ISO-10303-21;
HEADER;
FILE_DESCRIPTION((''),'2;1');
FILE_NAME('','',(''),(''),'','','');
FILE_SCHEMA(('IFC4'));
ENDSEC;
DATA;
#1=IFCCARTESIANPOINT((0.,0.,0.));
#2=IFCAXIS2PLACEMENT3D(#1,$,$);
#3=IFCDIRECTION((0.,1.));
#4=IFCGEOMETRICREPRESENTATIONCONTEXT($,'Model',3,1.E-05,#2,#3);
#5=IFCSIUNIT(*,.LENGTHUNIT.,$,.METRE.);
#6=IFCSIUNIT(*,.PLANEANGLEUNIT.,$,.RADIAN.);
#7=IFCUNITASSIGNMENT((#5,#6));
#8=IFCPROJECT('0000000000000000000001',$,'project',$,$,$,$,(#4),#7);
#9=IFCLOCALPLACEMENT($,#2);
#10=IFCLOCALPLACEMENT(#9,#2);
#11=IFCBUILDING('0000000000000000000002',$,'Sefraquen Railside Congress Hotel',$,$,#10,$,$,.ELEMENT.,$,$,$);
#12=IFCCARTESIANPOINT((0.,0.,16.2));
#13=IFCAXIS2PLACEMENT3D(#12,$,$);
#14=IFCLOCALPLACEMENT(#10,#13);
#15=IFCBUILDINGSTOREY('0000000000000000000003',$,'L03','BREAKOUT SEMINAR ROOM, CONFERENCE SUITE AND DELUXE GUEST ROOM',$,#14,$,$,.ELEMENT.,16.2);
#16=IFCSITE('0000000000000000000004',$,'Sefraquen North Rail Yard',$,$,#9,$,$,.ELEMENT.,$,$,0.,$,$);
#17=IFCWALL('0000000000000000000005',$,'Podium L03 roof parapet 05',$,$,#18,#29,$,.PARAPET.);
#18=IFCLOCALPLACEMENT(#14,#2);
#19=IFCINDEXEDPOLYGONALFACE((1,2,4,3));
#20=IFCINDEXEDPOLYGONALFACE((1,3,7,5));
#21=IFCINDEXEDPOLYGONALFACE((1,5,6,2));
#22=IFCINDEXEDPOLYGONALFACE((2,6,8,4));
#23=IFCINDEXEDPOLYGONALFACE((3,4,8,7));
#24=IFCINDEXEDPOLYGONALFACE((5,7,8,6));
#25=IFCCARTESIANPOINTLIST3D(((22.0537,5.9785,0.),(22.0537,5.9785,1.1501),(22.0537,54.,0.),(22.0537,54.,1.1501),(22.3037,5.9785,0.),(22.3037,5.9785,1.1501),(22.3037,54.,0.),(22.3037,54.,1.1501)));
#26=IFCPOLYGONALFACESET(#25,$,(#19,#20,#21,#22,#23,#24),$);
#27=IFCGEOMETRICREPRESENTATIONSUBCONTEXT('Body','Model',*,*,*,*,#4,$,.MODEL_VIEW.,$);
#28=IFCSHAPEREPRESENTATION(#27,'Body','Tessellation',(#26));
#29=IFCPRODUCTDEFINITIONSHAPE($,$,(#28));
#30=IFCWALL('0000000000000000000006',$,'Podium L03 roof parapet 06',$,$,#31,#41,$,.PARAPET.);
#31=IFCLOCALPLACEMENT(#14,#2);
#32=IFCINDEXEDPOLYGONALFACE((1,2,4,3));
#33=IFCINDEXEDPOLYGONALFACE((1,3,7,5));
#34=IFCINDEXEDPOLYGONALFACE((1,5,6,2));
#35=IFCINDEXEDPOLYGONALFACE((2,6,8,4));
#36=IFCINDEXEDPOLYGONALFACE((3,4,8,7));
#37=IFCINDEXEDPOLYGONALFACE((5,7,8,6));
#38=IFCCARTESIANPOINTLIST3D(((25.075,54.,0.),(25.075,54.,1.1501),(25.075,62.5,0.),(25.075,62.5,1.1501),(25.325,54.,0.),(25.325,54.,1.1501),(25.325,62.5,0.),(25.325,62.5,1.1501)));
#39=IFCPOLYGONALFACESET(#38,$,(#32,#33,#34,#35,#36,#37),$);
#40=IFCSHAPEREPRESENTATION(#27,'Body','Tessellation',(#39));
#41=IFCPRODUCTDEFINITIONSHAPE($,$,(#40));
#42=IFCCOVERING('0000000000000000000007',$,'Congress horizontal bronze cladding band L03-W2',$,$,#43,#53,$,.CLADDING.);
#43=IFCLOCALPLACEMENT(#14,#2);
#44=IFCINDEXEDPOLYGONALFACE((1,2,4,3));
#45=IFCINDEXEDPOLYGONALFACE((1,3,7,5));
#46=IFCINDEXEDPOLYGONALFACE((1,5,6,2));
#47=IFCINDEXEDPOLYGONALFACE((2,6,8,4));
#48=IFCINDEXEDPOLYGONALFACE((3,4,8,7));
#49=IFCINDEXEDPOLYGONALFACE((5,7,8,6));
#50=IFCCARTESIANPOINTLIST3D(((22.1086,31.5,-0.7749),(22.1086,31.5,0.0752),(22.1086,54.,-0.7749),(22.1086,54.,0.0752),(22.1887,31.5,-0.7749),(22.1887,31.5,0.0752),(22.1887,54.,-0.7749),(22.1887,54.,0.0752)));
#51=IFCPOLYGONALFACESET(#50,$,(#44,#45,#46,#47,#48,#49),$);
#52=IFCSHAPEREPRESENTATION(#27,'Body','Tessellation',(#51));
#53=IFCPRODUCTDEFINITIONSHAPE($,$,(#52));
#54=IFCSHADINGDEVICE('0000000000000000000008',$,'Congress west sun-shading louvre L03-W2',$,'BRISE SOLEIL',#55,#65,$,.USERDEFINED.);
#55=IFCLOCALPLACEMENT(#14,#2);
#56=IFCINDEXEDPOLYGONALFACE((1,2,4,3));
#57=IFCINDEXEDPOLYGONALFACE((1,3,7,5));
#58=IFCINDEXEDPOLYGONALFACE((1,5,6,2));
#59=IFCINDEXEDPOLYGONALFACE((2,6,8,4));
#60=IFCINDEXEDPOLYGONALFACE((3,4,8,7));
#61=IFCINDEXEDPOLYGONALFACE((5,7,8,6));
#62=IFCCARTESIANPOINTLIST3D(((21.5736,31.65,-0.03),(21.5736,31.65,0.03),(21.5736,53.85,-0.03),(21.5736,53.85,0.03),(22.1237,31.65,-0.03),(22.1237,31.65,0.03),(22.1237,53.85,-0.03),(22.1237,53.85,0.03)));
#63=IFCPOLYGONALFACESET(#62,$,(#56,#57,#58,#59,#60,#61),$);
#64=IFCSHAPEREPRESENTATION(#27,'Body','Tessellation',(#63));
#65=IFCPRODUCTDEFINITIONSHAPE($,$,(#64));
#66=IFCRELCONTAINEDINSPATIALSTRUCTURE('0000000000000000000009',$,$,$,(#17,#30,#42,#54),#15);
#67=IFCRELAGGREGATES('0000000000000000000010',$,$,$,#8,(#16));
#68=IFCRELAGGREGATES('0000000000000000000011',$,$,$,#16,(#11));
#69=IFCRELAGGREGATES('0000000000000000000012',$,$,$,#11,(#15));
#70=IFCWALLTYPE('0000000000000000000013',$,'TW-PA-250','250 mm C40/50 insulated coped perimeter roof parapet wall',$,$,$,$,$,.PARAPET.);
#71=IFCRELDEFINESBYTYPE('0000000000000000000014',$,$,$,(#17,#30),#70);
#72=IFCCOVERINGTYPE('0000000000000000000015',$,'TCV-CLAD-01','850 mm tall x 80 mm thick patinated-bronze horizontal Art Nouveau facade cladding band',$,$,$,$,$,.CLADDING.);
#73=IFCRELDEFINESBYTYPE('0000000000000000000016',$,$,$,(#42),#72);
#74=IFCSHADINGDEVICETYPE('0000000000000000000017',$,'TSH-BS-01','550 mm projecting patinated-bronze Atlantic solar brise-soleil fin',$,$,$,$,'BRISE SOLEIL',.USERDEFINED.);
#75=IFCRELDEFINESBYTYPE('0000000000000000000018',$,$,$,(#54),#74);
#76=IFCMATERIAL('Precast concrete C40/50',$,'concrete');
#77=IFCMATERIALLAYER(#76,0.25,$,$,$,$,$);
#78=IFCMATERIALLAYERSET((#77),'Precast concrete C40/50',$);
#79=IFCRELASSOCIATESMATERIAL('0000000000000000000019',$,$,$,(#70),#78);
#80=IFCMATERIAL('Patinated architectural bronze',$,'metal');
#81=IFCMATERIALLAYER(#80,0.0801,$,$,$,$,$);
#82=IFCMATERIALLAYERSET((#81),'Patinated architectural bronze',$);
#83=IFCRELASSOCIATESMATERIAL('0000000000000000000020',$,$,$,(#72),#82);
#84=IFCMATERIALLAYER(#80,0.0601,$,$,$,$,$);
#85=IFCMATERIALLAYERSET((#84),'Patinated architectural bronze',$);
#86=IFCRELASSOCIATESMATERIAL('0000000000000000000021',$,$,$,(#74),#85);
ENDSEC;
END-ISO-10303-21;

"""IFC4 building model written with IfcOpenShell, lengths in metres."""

from ifc_helpers import new_model, si_unit, direction, frame, frame_2d, origin, origin_2d, place, context, subcontext, project, spatial, rectangle, extrude, material, layer, layer_set, type_object, element, save


model = new_model("IFC4")

# Units and contexts
model_context = context("Model", 3, precision=1e-05, world=origin(), true_north=direction((0.0, 1.0)))
body_context = subcontext(model_context, "Body", "Model", "MODEL_VIEW")
ifc_project = project(units=[si_unit("LENGTHUNIT", "METRE"), si_unit("PLANEANGLEUNIT", "RADIAN")], contexts=[model_context])

# Site, building, storey
site_placement = place(None, origin())
site = spatial("IfcSite", under=ifc_project, at=site_placement, Name="Sefraquen North Rail Yard", CompositionType="ELEMENT", RefElevation=0.0)
building_placement = place(site_placement, origin())
building = spatial("IfcBuilding", under=site, at=building_placement, Name="Sefraquen Railside Congress Hotel", CompositionType="ELEMENT")
storey_placement = place(building_placement, frame((0.0, 0.0, 16.2)))
storey = spatial("IfcBuildingStorey", under=building, at=storey_placement, Name="L03", Description="BREAKOUT SEMINAR ROOM, CONFERENCE SUITE AND DELUXE GUEST ROOM", CompositionType="ELEMENT", Elevation=16.2)

# Walls
ifc_material_1 = material(Name="Precast concrete C40/50", Category="concrete")
ifc_layer_1 = layer(ifc_material_1, 0.25)
ifc_layer_set_1 = layer_set([ifc_layer_1], Name="Precast concrete C40/50")
wall_type = type_object("IfcWallType", Name="TW-PA-250", Description="250 mm C40/50 insulated coped perimeter roof parapet wall", PredefinedType="PARAPET", material=ifc_layer_set_1)
wall_1_placement = place(storey_placement, frame((22.1787, 54.0, 0.0), z_axis=(0.0, 0.0, 1.0), x_axis=(0.0, -1.0, 0.0)))
element("IfcWall", 1, at=wall_1_placement, inside=storey, type_object=wall_type, Name="Podium L03 roof parapet 05", PredefinedType="PARAPET", context=body_context, shape_type="SweptSolid", body=[
    extrude(rectangle(XDim=48.0215, YDim=0.25, at=frame_2d((24.0107, 0.0))), origin(), (0.0, 0.0, 1.0), 1.1501),
])
wall_2_placement = place(storey_placement, frame((25.2, 54.0, 0.0), z_axis=(0.0, 0.0, 1.0), x_axis=(0.0, 1.0, 0.0)))
element("IfcWall", 2, at=wall_2_placement, inside=storey, type_object=wall_type, Name="Podium L03 roof parapet 06", PredefinedType="PARAPET", context=body_context, shape_type="SweptSolid", body=[
    extrude(rectangle(XDim=8.5, YDim=0.25, at=frame_2d((4.25, 0.0))), origin(), (0.0, 0.0, 1.0), 1.1501),
])

# Covering
ifc_material_2 = material(Name="Patinated architectural bronze", Category="metal")
ifc_layer_2 = layer(ifc_material_2, 0.0801)
ifc_layer_set_2 = layer_set([ifc_layer_2], Name="Patinated architectural bronze")
covering_type = type_object("IfcCoveringType", Name="TCV-CLAD-01", Description="850 mm tall x 80 mm thick patinated-bronze horizontal Art Nouveau facade cladding band", PredefinedType="CLADDING", material=ifc_layer_set_2)
covering_placement = place(storey_placement, frame((22.1487, 42.75, -0.7749), z_axis=(0.0, 0.0, 1.0), x_axis=(1.0, 0.0, 0.0)))
element("IfcCovering", 3, at=covering_placement, inside=storey, type_object=covering_type, Name="Congress horizontal bronze cladding band L03-W2", PredefinedType="CLADDING", context=body_context, shape_type="SweptSolid", body=[
    extrude(rectangle(XDim=0.0801, YDim=22.5, at=origin_2d()), origin(), (0.0, 0.0, 1.0), 0.8501),
])

# Shading device
ifc_layer_3 = layer(ifc_material_2, 0.0601)
ifc_layer_set_3 = layer_set([ifc_layer_3], Name="Patinated architectural bronze")
shading_device_type = type_object("IfcShadingDeviceType", Name="TSH-BS-01", Description="550 mm projecting patinated-bronze Atlantic solar brise-soleil fin", ElementType="BRISE SOLEIL", PredefinedType="USERDEFINED", material=ifc_layer_set_3)
shading_device_placement = place(storey_placement, frame((21.8486, 42.75, -0.03), z_axis=(0.0, 0.0, 1.0), x_axis=(1.0, 0.0, 0.0)))
element("IfcShadingDevice", 4, at=shading_device_placement, inside=storey, type_object=shading_device_type, Name="Congress west sun-shading louvre L03-W2", ObjectType="BRISE SOLEIL", PredefinedType="USERDEFINED", context=body_context, shape_type="SweptSolid", body=[
    extrude(rectangle(XDim=0.55, YDim=22.2, at=origin_2d()), origin(), (0.0, 0.0, 1.0), 0.0601),
])

save(model, "model.ifc")
